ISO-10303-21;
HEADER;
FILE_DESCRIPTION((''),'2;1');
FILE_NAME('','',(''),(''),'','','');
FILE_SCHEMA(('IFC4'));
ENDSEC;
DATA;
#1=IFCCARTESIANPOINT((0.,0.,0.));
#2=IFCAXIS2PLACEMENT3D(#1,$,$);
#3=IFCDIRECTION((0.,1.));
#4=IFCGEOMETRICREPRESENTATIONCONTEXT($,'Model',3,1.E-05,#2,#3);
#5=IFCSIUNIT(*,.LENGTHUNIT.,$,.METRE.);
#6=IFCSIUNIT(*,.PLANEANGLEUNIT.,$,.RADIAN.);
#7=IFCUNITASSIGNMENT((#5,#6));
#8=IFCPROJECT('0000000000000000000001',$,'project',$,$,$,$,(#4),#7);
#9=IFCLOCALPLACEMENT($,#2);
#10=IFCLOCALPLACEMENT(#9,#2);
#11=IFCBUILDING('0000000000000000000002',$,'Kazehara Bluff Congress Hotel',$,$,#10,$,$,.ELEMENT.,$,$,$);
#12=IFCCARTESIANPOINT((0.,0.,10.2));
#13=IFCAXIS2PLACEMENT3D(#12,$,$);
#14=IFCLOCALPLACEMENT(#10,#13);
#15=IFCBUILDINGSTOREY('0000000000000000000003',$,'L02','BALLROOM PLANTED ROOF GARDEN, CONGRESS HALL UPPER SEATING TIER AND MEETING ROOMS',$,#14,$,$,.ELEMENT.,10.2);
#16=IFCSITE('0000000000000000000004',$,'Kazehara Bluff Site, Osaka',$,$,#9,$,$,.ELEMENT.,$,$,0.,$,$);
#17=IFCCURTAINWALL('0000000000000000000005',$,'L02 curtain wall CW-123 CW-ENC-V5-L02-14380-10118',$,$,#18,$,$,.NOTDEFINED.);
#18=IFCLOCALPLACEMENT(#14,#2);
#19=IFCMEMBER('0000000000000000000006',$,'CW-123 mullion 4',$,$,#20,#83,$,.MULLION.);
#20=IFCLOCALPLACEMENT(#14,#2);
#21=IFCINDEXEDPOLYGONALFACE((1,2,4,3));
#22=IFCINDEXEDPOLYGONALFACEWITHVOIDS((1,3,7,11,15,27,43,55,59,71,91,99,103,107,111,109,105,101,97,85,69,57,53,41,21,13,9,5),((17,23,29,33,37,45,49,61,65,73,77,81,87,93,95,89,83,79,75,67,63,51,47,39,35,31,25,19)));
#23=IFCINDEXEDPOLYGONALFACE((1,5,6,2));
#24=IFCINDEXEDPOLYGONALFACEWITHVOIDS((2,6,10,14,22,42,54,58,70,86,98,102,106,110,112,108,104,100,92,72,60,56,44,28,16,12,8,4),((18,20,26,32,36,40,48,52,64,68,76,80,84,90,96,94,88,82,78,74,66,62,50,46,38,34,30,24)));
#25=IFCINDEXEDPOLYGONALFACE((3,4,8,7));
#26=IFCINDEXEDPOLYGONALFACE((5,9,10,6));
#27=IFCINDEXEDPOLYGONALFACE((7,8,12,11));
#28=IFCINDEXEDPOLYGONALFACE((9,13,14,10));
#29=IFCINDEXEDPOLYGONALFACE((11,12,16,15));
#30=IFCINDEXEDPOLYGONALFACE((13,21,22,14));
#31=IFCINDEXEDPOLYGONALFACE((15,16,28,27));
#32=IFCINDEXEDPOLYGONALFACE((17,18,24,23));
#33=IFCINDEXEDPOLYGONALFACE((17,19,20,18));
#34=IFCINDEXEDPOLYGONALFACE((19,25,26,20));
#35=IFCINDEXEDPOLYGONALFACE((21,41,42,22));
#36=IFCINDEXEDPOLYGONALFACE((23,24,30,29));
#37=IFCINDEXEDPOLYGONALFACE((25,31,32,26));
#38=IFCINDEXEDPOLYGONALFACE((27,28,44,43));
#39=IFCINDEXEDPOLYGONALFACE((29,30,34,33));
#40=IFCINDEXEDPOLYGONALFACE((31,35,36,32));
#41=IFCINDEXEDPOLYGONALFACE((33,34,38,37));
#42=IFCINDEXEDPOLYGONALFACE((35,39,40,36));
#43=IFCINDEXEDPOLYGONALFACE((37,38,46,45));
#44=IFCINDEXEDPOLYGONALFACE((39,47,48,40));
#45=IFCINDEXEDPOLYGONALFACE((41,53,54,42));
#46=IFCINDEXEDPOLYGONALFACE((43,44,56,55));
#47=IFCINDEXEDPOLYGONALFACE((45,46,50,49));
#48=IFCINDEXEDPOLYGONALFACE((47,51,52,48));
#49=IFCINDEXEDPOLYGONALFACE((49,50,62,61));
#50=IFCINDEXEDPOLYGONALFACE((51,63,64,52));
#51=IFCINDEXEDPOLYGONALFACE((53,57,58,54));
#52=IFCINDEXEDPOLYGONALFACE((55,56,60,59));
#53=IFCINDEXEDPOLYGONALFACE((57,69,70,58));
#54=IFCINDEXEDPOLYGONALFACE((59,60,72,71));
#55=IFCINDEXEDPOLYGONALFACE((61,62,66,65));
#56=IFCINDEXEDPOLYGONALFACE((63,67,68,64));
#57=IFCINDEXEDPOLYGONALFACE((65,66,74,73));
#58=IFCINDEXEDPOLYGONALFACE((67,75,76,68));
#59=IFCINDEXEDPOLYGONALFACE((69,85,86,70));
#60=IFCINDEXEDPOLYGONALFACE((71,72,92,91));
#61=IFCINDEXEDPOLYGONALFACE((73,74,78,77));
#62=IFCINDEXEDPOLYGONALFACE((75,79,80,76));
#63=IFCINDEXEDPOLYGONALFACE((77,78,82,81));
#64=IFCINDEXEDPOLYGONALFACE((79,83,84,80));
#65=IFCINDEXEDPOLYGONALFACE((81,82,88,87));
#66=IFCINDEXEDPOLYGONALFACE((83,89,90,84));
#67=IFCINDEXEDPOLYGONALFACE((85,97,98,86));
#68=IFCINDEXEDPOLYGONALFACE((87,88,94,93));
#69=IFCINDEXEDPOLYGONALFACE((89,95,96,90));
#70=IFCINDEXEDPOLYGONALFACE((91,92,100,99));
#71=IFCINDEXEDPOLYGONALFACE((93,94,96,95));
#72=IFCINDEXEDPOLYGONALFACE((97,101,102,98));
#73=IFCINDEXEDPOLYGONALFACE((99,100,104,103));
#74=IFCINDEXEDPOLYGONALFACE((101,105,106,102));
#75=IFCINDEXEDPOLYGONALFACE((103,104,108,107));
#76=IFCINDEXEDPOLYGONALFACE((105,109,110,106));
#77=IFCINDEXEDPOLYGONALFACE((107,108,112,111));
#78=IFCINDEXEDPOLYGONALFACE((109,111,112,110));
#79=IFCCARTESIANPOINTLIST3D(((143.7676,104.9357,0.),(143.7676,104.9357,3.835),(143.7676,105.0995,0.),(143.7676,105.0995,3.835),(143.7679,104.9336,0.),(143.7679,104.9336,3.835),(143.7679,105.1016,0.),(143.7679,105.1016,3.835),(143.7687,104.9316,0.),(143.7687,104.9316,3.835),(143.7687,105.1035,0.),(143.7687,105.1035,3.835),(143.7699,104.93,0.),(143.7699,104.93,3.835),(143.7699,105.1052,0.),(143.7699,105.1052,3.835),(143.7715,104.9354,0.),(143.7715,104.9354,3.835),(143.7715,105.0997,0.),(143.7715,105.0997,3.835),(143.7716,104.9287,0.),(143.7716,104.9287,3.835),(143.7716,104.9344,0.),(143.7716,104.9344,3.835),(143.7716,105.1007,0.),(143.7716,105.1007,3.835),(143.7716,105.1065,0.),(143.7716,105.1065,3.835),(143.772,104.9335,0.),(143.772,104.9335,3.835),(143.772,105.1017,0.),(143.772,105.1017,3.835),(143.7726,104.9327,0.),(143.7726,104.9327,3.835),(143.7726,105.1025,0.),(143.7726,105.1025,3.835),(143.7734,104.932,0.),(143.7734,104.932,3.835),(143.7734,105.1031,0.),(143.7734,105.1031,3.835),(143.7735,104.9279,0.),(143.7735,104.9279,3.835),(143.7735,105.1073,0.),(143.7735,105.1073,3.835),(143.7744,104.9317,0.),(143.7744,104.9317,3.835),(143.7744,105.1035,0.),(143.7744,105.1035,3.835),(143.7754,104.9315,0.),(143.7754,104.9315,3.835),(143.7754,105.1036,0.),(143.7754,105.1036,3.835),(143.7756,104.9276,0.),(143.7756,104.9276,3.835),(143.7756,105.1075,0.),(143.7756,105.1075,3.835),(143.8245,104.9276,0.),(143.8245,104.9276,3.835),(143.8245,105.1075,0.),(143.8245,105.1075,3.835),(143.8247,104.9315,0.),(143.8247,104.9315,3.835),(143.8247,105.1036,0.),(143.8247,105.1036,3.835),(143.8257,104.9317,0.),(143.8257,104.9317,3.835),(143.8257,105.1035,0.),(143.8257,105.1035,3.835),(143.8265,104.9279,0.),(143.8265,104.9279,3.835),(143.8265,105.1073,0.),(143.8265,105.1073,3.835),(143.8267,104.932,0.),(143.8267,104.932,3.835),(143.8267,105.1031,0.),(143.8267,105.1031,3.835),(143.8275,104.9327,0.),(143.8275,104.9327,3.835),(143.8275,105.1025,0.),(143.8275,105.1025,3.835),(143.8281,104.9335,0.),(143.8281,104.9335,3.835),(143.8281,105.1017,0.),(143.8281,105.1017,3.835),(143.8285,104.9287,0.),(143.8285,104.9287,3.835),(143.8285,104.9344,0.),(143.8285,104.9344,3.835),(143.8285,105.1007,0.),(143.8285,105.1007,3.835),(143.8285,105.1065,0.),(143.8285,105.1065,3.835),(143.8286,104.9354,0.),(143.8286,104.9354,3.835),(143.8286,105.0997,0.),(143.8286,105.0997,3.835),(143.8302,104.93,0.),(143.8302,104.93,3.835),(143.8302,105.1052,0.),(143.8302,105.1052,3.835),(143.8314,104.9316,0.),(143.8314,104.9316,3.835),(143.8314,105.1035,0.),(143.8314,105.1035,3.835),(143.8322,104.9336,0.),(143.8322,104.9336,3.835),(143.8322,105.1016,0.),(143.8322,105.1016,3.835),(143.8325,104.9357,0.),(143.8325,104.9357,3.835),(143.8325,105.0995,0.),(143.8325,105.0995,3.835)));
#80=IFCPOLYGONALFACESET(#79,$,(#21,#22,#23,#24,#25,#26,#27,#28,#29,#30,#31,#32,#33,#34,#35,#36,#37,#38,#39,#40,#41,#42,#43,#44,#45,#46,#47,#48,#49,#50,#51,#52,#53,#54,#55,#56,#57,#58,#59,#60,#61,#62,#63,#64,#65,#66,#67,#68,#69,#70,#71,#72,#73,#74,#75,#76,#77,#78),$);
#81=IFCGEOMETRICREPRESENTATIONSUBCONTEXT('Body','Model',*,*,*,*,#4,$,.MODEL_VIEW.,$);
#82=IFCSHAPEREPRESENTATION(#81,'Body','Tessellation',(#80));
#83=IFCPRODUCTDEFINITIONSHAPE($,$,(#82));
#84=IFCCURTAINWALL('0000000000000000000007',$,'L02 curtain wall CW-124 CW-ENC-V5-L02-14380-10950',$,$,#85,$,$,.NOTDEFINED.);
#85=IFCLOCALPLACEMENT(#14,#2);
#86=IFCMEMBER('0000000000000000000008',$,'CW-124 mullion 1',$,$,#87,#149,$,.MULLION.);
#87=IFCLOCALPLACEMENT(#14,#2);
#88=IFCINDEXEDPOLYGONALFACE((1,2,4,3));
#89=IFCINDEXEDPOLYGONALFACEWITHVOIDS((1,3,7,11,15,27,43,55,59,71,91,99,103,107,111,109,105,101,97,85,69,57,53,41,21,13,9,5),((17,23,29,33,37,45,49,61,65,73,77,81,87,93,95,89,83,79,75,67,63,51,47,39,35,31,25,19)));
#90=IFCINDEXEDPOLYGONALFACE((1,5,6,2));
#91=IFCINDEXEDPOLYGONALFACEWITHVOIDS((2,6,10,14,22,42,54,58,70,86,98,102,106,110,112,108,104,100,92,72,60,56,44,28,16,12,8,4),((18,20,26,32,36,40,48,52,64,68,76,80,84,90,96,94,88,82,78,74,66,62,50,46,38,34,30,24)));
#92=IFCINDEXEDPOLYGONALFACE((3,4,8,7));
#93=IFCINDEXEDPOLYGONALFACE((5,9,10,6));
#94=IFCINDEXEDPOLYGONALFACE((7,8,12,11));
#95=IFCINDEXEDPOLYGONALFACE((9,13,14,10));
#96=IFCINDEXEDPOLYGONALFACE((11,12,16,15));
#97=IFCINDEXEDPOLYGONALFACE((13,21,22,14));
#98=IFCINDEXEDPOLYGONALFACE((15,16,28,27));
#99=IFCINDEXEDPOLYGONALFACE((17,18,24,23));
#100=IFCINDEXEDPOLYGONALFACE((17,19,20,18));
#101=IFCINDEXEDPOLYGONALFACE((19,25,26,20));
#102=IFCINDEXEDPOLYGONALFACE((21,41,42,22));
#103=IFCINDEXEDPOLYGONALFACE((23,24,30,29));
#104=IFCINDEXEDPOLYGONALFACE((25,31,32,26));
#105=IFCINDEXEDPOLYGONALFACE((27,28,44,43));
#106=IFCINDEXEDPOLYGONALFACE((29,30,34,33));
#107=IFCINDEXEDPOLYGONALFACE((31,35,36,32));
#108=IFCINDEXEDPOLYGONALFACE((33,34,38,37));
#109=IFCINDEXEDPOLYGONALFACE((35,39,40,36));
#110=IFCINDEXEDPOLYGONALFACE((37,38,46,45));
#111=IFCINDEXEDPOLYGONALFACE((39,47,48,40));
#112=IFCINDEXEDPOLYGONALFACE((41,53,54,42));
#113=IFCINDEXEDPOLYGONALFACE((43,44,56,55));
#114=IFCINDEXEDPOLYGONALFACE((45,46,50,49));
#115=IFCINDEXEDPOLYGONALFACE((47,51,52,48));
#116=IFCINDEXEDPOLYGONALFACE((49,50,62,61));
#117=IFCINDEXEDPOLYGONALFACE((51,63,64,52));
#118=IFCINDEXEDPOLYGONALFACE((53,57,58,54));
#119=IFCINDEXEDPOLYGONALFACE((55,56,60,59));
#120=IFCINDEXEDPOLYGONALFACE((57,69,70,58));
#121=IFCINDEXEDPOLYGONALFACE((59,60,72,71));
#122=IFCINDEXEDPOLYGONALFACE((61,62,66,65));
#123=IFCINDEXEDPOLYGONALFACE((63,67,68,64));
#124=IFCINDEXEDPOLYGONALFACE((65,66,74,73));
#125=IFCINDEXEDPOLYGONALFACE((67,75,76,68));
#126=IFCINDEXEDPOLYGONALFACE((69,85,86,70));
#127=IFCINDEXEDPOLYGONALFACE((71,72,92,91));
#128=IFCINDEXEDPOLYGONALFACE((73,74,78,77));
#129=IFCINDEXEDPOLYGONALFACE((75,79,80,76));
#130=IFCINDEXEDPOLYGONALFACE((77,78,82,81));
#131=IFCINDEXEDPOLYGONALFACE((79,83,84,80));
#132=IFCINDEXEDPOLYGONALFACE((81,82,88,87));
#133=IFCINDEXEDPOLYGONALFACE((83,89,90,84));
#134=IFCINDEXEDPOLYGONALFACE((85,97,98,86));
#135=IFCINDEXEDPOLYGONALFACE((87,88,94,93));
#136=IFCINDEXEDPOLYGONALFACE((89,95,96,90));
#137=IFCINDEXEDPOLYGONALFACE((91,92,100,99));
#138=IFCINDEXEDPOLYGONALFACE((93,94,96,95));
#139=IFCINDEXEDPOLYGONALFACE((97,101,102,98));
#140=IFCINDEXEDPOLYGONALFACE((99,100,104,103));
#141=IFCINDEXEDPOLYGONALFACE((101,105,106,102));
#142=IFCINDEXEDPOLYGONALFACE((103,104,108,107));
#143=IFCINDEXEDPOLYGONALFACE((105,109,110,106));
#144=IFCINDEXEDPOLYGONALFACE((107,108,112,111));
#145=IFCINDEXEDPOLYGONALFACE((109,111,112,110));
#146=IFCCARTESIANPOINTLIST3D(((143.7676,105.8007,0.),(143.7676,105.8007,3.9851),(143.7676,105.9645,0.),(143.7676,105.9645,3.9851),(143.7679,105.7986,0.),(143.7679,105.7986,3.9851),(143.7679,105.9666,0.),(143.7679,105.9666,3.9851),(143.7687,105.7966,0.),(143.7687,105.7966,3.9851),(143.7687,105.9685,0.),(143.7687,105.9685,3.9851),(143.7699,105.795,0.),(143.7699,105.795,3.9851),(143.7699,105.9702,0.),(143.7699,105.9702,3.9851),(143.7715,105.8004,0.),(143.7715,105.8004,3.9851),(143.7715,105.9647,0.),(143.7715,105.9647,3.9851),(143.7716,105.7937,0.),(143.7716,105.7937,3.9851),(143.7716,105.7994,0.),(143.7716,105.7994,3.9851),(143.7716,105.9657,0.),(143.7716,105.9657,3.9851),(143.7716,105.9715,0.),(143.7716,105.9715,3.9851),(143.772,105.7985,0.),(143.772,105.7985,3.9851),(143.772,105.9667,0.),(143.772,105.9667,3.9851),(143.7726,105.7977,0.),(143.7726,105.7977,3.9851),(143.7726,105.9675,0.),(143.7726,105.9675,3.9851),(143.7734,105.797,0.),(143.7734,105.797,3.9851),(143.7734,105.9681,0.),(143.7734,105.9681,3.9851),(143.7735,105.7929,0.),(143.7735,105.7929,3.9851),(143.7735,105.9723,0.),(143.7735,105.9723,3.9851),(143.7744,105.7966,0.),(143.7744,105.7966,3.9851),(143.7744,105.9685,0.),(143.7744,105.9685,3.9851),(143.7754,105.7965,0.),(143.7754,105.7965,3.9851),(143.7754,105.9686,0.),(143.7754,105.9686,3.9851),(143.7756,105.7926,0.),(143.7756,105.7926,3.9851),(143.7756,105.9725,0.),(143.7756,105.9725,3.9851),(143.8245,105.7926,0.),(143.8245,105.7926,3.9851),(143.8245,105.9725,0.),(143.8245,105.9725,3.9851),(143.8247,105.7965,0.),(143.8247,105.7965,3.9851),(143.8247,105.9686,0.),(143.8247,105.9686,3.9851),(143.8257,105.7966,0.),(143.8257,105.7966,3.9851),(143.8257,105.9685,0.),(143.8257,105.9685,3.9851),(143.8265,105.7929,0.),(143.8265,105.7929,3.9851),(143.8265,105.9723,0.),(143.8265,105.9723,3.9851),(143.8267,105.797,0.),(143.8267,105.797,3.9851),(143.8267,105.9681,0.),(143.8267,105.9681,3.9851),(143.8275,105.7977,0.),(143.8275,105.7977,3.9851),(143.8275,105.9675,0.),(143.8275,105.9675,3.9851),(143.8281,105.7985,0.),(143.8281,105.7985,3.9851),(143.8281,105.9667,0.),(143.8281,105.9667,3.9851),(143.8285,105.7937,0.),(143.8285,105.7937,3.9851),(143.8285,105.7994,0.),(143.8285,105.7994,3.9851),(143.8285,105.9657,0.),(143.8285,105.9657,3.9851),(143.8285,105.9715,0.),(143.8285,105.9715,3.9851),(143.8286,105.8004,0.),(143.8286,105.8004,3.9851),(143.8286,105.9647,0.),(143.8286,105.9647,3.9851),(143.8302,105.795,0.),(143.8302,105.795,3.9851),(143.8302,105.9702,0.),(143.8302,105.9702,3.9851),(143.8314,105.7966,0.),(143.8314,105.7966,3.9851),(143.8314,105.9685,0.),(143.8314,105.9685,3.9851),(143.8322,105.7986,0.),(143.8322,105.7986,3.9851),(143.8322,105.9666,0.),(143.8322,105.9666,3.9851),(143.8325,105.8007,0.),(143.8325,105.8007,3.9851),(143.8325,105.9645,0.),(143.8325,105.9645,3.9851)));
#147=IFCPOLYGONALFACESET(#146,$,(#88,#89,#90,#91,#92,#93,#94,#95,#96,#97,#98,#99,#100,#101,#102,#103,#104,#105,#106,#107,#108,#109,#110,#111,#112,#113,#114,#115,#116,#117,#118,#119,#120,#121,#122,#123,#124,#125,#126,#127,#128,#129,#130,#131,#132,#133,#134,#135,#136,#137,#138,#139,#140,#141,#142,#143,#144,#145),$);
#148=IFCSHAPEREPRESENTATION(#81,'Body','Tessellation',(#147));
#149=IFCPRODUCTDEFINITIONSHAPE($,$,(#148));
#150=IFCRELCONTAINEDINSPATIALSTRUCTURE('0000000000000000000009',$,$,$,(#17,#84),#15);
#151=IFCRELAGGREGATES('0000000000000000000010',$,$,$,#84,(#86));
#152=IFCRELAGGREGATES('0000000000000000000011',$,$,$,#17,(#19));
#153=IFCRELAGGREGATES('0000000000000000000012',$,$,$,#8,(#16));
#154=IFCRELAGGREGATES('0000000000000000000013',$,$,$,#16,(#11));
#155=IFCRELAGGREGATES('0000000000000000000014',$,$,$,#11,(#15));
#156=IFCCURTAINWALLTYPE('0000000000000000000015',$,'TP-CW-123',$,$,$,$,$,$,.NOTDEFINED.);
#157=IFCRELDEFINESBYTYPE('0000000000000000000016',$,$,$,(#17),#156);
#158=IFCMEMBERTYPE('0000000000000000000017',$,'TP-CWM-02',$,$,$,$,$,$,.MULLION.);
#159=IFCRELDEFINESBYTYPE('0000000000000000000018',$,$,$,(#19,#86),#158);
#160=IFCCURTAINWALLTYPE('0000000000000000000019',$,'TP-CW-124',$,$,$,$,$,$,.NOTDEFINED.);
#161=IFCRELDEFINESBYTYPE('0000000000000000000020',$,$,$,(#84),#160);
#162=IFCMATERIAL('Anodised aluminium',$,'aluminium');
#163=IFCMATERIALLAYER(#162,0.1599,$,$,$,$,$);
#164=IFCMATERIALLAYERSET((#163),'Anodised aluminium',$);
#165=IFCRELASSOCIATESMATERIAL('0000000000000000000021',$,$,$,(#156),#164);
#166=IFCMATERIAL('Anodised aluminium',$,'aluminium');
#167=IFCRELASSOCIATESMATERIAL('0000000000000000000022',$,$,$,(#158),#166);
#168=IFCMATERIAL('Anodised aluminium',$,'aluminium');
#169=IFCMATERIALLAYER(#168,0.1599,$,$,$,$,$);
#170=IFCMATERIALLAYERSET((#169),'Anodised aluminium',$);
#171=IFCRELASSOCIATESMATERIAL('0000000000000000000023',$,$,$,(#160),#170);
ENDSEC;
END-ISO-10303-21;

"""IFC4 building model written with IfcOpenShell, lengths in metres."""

from ifc_helpers import new_model, si_unit, direction, frame, origin, origin_2d, place, context, subcontext, project, spatial, hollow_rectangle, extrude, material, layer, layer_set, material_profile, profile_set, type_object, element, aggregate, save


model = new_model("IFC4")

# Units and contexts
model_context = context("Model", 3, precision=1e-05, world=origin(), true_north=direction((0.0, 1.0)))
body_context = subcontext(model_context, "Body", "Model", "MODEL_VIEW")
ifc_project = project(units=[si_unit("LENGTHUNIT", "METRE"), si_unit("PLANEANGLEUNIT", "RADIAN")], contexts=[model_context])

# Site, building, storey
site_placement = place(None, origin())
site = spatial("IfcSite", under=ifc_project, at=site_placement, Name="Kazehara Bluff Site, Osaka", CompositionType="ELEMENT", RefElevation=0.0)
building_placement = place(site_placement, origin())
building = spatial("IfcBuilding", under=site, at=building_placement, Name="Kazehara Bluff Congress Hotel", CompositionType="ELEMENT")
storey_placement = place(building_placement, frame((0.0, 0.0, 10.2)))
storey = spatial("IfcBuildingStorey", under=building, at=storey_placement, Name="L02", Description="BALLROOM PLANTED ROOF GARDEN, CONGRESS HALL UPPER SEATING TIER AND MEETING ROOMS", CompositionType="ELEMENT", Elevation=10.2)

# Curtain wall, member
ifc_material_1 = material(Name="Anodised aluminium", Category="aluminium")
ifc_layer_1 = layer(ifc_material_1, 0.1599)
ifc_layer_set_1 = layer_set([ifc_layer_1], Name="Anodised aluminium")
curtain_wall_type_1 = type_object("IfcCurtainWallType", Name="TP-CW-123", PredefinedType="NOTDEFINED", material=ifc_layer_set_1)
curtain_wall_1_placement = place(storey_placement, origin())
curtain_wall_1 = element("IfcCurtainWall", 1, at=curtain_wall_1_placement, inside=storey, type_object=curtain_wall_type_1, Name="L02 curtain wall CW-123 CW-ENC-V5-L02-14380-10118", PredefinedType="NOTDEFINED")
ifc_material_2 = material(Name="Anodised aluminium", Category="aluminium")
ifc_material_profile_1 = material_profile(ifc_material_2, hollow_rectangle(XDim=0.0649, YDim=0.1799, WallThickness=0.0039, InnerFilletRadius=0.0039, OuterFilletRadius=0.0081, at=origin_2d()))
ifc_profile_set_1 = profile_set([ifc_material_profile_1], Name="Anodised aluminium")
member_type_1 = type_object("IfcMemberType", Name="TP-CWM-02", PredefinedType="MULLION", material=ifc_profile_set_1)
member_1_placement = place(storey_placement, frame((143.8, 105.0176, 0.0), z_axis=(0.0, 0.0, 1.0), x_axis=(-1.0, 0.0, 0.0)))
member_1 = element("IfcMember", 2, at=member_1_placement, type_object=member_type_1, Name="CW-123 mullion 4", PredefinedType="MULLION", context=body_context, shape_type="SweptSolid", body=[
    extrude(hollow_rectangle(XDim=0.0649, YDim=0.1799, WallThickness=0.0039, InnerFilletRadius=0.0039, OuterFilletRadius=0.0081, at=origin_2d()), origin(), (0.0, 0.0, 1.0), 3.835),
])

# Curtain wall, member
ifc_material_3 = material(Name="Anodised aluminium", Category="aluminium")
ifc_layer_2 = layer(ifc_material_3, 0.1599)
ifc_layer_set_2 = layer_set([ifc_layer_2], Name="Anodised aluminium")
curtain_wall_type_2 = type_object("IfcCurtainWallType", Name="TP-CW-124", PredefinedType="NOTDEFINED", material=ifc_layer_set_2)
curtain_wall_2_placement = place(storey_placement, origin())
curtain_wall_2 = element("IfcCurtainWall", 3, at=curtain_wall_2_placement, inside=storey, type_object=curtain_wall_type_2, Name="L02 curtain wall CW-124 CW-ENC-V5-L02-14380-10950", PredefinedType="NOTDEFINED")
member_2_placement = place(storey_placement, frame((143.8, 105.8826, 0.0), z_axis=(0.0, 0.0, 1.0), x_axis=(-1.0, 0.0, 0.0)))
member_2 = element("IfcMember", 4, at=member_2_placement, type_object=member_type_1, Name="CW-124 mullion 1", PredefinedType="MULLION", context=body_context, shape_type="SweptSolid", body=[
    extrude(hollow_rectangle(XDim=0.0649, YDim=0.1799, WallThickness=0.0039, InnerFilletRadius=0.0039, OuterFilletRadius=0.0081, at=origin_2d()), origin(), (0.0, 0.0, 1.0), 3.9851),
])
aggregate(curtain_wall_2, [member_2])

aggregate(curtain_wall_1, [member_1])

save(model, "model.ifc")
